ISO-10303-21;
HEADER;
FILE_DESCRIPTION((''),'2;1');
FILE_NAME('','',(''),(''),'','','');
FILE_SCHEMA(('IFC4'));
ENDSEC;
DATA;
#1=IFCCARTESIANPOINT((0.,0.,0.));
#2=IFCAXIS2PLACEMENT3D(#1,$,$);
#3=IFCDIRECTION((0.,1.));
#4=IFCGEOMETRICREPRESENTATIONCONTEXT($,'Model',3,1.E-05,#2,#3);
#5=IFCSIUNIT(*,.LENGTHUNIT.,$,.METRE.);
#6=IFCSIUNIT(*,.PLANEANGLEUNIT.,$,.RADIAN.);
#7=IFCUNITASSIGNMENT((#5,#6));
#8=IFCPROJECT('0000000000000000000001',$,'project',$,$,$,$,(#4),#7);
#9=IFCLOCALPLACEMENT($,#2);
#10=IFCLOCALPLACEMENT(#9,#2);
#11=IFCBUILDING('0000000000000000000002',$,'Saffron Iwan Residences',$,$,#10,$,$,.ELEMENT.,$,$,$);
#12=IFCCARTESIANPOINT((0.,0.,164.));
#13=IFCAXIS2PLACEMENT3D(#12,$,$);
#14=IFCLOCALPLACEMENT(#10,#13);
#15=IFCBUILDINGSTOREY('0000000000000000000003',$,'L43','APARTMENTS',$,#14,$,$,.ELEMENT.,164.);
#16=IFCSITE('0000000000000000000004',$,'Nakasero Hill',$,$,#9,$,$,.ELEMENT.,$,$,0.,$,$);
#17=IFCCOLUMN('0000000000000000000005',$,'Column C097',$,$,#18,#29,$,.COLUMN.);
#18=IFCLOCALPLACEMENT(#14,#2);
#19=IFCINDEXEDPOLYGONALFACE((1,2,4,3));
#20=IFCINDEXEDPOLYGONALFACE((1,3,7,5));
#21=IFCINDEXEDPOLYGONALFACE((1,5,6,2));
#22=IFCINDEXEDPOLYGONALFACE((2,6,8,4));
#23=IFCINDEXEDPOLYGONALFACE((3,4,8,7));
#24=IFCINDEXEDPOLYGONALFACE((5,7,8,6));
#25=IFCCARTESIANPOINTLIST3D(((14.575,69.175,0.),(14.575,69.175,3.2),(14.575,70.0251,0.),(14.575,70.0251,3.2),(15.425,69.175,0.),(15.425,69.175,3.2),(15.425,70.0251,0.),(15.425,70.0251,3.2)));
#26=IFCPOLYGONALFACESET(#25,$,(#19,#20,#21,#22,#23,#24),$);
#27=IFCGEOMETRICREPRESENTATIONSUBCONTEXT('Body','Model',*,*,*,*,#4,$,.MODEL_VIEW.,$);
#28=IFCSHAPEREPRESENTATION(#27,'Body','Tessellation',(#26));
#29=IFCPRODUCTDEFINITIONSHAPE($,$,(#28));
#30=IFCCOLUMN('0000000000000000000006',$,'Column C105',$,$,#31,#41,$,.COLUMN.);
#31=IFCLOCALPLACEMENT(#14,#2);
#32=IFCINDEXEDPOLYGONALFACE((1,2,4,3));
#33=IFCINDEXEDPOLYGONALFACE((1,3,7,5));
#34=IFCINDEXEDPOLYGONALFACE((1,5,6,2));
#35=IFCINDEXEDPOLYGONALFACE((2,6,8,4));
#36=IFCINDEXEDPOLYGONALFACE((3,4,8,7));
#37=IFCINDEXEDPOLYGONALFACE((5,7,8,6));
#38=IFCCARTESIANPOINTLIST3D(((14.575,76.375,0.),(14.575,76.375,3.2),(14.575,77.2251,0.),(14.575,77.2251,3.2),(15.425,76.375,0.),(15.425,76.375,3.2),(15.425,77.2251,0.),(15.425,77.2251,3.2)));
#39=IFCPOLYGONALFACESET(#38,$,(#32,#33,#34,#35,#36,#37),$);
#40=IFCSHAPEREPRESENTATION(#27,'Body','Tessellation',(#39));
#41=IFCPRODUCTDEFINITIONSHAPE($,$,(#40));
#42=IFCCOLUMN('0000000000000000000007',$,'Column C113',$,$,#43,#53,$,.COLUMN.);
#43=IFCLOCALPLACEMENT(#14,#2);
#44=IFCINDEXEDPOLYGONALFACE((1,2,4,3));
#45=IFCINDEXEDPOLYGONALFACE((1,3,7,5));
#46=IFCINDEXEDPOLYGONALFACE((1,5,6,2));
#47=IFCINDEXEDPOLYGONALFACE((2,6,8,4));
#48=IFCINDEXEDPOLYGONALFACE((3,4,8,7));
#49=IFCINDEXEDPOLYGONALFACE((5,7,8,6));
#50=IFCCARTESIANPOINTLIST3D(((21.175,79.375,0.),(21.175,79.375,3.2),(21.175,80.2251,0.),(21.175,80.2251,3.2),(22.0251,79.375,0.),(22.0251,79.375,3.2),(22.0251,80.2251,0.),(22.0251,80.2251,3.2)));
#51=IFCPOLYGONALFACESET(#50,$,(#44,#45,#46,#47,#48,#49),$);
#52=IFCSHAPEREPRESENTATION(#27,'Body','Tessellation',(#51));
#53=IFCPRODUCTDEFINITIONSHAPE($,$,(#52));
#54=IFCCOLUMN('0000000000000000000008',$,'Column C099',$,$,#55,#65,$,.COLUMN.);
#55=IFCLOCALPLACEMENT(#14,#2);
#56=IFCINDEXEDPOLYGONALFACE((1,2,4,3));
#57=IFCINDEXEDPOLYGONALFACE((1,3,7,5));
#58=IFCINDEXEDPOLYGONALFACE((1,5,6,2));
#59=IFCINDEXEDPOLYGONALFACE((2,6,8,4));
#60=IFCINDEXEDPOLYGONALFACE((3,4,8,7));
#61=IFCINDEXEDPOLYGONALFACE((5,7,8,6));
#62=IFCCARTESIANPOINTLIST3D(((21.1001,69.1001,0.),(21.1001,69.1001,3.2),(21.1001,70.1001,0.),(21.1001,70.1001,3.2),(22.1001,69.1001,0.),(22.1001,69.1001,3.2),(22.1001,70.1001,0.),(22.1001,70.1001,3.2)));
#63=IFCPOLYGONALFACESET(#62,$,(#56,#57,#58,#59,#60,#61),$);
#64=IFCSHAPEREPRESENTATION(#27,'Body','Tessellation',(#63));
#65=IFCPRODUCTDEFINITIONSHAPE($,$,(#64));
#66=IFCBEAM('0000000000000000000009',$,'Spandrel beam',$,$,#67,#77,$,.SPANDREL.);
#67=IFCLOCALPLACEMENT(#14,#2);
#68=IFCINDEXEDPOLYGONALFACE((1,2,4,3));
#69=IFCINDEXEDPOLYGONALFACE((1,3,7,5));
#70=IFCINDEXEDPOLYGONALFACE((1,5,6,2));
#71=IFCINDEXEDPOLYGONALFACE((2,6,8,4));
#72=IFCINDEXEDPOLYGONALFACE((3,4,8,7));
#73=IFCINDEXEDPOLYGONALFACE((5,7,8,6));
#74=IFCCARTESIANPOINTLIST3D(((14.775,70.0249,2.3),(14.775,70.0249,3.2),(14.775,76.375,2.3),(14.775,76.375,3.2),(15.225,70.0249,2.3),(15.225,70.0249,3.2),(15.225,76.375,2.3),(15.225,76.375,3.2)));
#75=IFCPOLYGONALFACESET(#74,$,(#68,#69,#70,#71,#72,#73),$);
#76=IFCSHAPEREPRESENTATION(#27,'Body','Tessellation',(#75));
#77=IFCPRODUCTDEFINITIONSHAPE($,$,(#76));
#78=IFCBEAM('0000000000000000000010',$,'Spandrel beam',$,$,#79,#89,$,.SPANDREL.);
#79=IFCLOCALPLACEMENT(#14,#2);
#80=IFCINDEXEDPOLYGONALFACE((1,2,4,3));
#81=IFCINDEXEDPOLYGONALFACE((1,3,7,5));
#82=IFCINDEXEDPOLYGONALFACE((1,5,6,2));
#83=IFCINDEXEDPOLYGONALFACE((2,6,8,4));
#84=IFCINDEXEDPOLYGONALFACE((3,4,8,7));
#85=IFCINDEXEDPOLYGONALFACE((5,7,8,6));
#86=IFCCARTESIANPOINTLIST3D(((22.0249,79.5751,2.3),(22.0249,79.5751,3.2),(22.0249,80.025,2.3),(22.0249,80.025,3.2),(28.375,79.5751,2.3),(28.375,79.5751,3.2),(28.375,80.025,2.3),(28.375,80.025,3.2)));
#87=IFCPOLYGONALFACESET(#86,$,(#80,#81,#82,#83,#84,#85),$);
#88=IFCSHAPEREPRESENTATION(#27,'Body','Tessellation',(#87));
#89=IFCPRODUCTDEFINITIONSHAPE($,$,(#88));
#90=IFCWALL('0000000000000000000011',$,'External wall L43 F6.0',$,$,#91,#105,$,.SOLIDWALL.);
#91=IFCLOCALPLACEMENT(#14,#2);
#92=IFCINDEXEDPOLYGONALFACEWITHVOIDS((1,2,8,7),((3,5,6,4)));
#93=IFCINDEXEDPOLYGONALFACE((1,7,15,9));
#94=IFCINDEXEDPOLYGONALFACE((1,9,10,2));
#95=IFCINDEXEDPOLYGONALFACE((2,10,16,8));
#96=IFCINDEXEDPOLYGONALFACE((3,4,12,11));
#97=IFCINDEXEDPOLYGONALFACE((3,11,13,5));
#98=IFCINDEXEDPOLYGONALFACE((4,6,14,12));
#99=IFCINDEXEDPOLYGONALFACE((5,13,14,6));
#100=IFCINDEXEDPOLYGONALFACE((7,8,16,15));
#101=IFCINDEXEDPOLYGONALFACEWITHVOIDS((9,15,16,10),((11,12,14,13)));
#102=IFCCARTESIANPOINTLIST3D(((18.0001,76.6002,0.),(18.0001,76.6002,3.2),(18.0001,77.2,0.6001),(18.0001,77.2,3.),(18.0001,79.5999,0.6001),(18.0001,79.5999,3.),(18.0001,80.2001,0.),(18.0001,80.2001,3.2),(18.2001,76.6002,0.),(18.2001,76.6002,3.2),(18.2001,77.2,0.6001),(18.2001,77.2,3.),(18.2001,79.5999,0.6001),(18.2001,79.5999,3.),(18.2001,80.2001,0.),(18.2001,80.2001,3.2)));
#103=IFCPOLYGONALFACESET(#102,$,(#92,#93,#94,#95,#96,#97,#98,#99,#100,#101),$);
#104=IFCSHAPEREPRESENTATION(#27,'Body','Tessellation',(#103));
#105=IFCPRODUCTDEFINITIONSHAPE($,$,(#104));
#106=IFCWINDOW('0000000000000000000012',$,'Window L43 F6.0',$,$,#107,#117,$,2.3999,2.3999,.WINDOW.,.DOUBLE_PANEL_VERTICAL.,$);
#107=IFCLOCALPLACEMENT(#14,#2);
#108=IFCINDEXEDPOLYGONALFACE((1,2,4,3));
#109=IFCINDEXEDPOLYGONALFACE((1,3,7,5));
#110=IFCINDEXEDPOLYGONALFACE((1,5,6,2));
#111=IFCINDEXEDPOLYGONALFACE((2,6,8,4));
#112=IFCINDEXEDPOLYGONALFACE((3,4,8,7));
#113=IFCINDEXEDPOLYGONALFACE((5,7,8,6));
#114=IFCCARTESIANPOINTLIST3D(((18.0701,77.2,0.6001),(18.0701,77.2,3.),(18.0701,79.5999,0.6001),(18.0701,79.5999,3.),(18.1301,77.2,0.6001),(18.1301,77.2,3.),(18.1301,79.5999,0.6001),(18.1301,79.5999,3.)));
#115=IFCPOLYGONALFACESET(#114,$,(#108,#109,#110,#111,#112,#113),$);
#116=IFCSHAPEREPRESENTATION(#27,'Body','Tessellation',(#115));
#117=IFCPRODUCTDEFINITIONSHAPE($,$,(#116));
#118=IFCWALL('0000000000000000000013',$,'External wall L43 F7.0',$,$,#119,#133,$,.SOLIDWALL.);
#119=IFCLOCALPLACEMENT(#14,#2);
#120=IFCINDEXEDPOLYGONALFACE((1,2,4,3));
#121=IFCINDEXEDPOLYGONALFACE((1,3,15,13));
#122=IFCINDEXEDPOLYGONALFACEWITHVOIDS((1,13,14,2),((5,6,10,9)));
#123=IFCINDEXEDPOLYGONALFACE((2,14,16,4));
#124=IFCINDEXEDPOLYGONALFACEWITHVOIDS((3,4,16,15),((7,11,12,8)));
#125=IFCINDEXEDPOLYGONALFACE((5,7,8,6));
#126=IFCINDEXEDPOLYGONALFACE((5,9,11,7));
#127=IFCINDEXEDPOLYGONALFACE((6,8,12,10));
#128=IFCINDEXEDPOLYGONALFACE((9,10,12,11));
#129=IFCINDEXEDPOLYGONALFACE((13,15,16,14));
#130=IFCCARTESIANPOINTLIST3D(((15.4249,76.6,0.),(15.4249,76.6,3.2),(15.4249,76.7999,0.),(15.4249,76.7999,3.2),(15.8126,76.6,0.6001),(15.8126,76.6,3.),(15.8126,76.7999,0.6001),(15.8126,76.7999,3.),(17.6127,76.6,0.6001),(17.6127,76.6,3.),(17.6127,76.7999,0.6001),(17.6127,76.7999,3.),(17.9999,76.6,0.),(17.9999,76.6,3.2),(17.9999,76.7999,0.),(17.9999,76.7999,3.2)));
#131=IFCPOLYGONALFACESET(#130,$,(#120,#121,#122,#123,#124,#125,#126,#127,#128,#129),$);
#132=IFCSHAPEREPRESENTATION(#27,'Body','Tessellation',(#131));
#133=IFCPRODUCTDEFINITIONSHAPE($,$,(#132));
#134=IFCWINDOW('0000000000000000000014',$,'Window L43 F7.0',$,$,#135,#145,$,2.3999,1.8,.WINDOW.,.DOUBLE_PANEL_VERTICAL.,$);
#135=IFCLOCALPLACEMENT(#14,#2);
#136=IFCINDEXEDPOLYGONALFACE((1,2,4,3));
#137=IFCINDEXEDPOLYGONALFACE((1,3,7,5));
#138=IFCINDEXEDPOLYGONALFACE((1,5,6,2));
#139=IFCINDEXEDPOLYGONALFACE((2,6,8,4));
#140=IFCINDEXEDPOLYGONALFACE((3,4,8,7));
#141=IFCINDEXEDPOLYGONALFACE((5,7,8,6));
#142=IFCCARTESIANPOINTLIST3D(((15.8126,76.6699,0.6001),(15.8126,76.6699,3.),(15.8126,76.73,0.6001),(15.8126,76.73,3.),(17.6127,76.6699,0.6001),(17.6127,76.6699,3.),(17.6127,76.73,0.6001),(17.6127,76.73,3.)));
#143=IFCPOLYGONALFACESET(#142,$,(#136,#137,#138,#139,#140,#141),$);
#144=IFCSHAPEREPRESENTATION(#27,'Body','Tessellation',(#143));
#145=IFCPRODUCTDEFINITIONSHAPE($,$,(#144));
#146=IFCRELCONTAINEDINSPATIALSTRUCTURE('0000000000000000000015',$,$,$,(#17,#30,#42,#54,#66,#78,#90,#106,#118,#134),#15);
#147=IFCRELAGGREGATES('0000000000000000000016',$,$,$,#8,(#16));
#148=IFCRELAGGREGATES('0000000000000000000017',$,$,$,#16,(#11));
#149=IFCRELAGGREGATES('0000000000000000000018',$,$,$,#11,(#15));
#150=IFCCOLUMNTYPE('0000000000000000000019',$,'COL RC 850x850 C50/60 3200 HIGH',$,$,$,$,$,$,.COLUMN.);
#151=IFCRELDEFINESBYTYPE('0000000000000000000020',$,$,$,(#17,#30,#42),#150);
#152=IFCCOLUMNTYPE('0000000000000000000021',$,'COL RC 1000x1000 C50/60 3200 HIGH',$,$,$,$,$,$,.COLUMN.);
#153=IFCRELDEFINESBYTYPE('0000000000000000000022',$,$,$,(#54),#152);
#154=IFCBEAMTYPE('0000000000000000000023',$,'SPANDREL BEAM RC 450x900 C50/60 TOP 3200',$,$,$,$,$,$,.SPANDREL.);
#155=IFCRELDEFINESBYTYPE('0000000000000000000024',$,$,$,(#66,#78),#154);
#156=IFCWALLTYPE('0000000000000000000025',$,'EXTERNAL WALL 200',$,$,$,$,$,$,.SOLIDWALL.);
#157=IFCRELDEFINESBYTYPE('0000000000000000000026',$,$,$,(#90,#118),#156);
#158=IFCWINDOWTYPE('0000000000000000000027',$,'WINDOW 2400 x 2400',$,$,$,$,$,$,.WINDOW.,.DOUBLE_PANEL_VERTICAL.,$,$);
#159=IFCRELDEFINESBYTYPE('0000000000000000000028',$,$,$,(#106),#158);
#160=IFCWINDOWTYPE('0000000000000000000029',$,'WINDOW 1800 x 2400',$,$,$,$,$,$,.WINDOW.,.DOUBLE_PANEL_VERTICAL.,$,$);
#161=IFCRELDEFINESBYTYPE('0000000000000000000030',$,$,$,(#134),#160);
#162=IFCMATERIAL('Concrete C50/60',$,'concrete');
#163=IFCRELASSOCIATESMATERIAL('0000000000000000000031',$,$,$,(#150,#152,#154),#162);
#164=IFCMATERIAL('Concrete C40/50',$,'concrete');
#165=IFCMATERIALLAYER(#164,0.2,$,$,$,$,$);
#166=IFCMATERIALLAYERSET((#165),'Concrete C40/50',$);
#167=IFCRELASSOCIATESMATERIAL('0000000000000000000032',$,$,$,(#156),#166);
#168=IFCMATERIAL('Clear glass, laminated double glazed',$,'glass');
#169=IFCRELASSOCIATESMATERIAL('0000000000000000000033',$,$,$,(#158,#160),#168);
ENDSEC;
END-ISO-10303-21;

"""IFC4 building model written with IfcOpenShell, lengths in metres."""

from ifc_helpers import new_model, si_unit, direction, frame, frame_2d, origin, origin_2d, place, context, subcontext, project, spatial, rectangle, extrude, source, transform, mapped, material, layer, layer_set, material_profile, profile_set, type_object, element, fill, save


model = new_model("IFC4")

# Units and contexts
model_context = context("Model", 3, precision=1e-05, world=origin(), true_north=direction((0.0, 1.0)))
body_context = subcontext(model_context, "Body", "Model", "MODEL_VIEW")
ifc_project = project(units=[si_unit("LENGTHUNIT", "METRE"), si_unit("PLANEANGLEUNIT", "RADIAN")], contexts=[model_context])

# Site, building, storey
site_placement = place(None, origin())
site = spatial("IfcSite", under=ifc_project, at=site_placement, Name="Nakasero Hill", CompositionType="ELEMENT", RefElevation=0.0)
building_placement = place(site_placement, origin())
building = spatial("IfcBuilding", under=site, at=building_placement, Name="Saffron Iwan Residences", CompositionType="ELEMENT")
storey_placement = place(building_placement, frame((0.0, 0.0, 164.0)))
storey = spatial("IfcBuildingStorey", under=building, at=storey_placement, Name="L43", Description="APARTMENTS", CompositionType="ELEMENT", Elevation=164.0)

# Columns
ifc_material_1 = material(Name="Concrete C50/60", Category="concrete")
ifc_material_profile_1 = material_profile(ifc_material_1, rectangle(XDim=0.8501, YDim=0.8501, at=origin_2d()), Name="RC 850x850")
ifc_profile_set_1 = profile_set([ifc_material_profile_1], Name="Concrete C50/60")
column_type_1 = type_object("IfcColumnType", Name="COL RC 850x850 C50/60 3200 HIGH", PredefinedType="COLUMN", material=ifc_profile_set_1)
shared_shape_1 = source(origin(), body_context, "Body", "SweptSolid", [
    extrude(rectangle(XDim=0.8501, YDim=0.8501, at=origin_2d()), origin(), (0.0, 0.0, 1.0), 3.2),
])
for number, where, z_axis, x_axis, name in (
    (1, (15.0, 69.6001, 0.0), (0.0, 0.0, 1.0), (1.0, 0.0, 0.0), "Column C097"),
    (2, (15.0, 76.8, 0.0), (0.0, 0.0, 1.0), (1.0, 0.0, 0.0), "Column C105"),
    (3, (21.6001, 79.8, 0.0), (0.0, 0.0, 1.0), (1.0, 0.0, 0.0), "Column C113"),
):
    element("IfcColumn", number, at=place(storey_placement, frame(where, z_axis=z_axis, x_axis=x_axis)), inside=storey, type_object=column_type_1, Name=name, PredefinedType="COLUMN", context=body_context, shape_type="MappedRepresentation", body=[
        mapped(shared_shape_1, transform((0.0, 0.0, 0.0))),
    ])
ifc_material_profile_2 = material_profile(ifc_material_1, rectangle(XDim=1.0, YDim=1.0, at=origin_2d()), Name="RC 1000x1000")
ifc_profile_set_2 = profile_set([ifc_material_profile_2], Name="Concrete C50/60")
column_type_2 = type_object("IfcColumnType", Name="COL RC 1000x1000 C50/60 3200 HIGH", PredefinedType="COLUMN", material=ifc_profile_set_2)
shared_shape_2 = source(origin(), body_context, "Body", "SweptSolid", [
    extrude(rectangle(XDim=1.0, YDim=1.0, at=origin_2d()), origin(), (0.0, 0.0, 1.0), 3.2),
])
column_placement = place(storey_placement, frame((21.6001, 69.6001, 0.0), z_axis=(0.0, 0.0, 1.0), x_axis=(1.0, 0.0, 0.0)))
element("IfcColumn", 4, at=column_placement, inside=storey, type_object=column_type_2, Name="Column C099", PredefinedType="COLUMN", context=body_context, shape_type="MappedRepresentation", body=[
    mapped(shared_shape_2, transform((0.0, 0.0, 0.0))),
])

# Beams
ifc_material_profile_3 = material_profile(ifc_material_1, rectangle(XDim=0.45, YDim=0.8999, at=origin_2d()), Name="RC 450x900")
ifc_profile_set_3 = profile_set([ifc_material_profile_3], Name="Concrete C50/60")
beam_type = type_object("IfcBeamType", Name="SPANDREL BEAM RC 450x900 C50/60 TOP 3200", PredefinedType="SPANDREL", material=ifc_profile_set_3)
shared_shape_3 = source(origin(), body_context, "Body", "SweptSolid", [
    extrude(rectangle(XDim=0.45, YDim=0.8999, at=origin_2d()), origin(), (0.0, 0.0, 1.0), 6.3501),
])
for number, where, z_axis, x_axis, name in (
    (5, (15.0, 70.0249, 2.75), (0.0, 1.0, 0.0), (-1.0, 0.0, 0.0), "Spandrel beam"),
    (6, (22.0249, 79.8, 2.75), (1.0, 0.0, 0.0), (0.0, 1.0, 0.0), "Spandrel beam"),
):
    element("IfcBeam", number, at=place(storey_placement, frame(where, z_axis=z_axis, x_axis=x_axis)), inside=storey, type_object=beam_type, Name=name, PredefinedType="SPANDREL", context=body_context, shape_type="MappedRepresentation", body=[
        mapped(shared_shape_3, transform((0.0, 0.0, 0.0))),
    ])

# Walls, openings, windows
ifc_material_2 = material(Name="Concrete C40/50", Category="concrete")
ifc_layer_1 = layer(ifc_material_2, 0.2)
ifc_layer_set_1 = layer_set([ifc_layer_1], Name="Concrete C40/50")
wall_type_1 = type_object("IfcWallType", Name="EXTERNAL WALL 200", PredefinedType="SOLIDWALL", material=ifc_layer_set_1)
wall_1_placement = place(storey_placement, frame((18.1001, 80.2, 0.0), z_axis=(0.0, 0.0, 1.0), x_axis=(0.0, -1.0, 0.0)))
wall_1 = element("IfcWall", 7, at=wall_1_placement, inside=storey, type_object=wall_type_1, Name="External wall L43 F6.0", PredefinedType="SOLIDWALL", context=body_context, shape_type="SweptSolid", body=[
    extrude(rectangle(XDim=3.5999, YDim=0.2, at=frame_2d((1.7998, 0.0))), origin(), (0.0, 0.0, 1.0), 3.2),
])
opening_1_placement = place(wall_1_placement, frame((0.6001, 0.0, 0.6001)))
opening_1 = element("IfcOpeningElement", 8, at=opening_1_placement, cuts=wall_1, PredefinedType="OPENING", context=body_context, shape_type="SweptSolid", body=[
    extrude(rectangle(XDim=2.3999, YDim=2.3999, at=frame_2d((1.2, 1.2))), frame((0.0, 0.1099, 0.0), z_axis=(0.0, -1.0, 0.0), x_axis=(1.0, 0.0, 0.0)), (0.0, 0.0, 1.0), 0.22),
])
ifc_material_3 = material(Name="Clear glass, laminated double glazed", Category="glass")
window_type_1 = type_object("IfcWindowType", Name="WINDOW 2400 x 2400", PartitioningType="DOUBLE_PANEL_VERTICAL", PredefinedType="WINDOW", material=ifc_material_3)
window_1_placement = place(opening_1_placement, origin())
window_1 = element("IfcWindow", 9, at=window_1_placement, inside=storey, type_object=window_type_1, Name="Window L43 F6.0", OverallHeight=2.3999, OverallWidth=2.3999, PartitioningType="DOUBLE_PANEL_VERTICAL", PredefinedType="WINDOW", context=body_context, shape_type="SweptSolid", body=[
    extrude(rectangle(XDim=2.3999, YDim=2.3999, at=frame_2d((1.2, 1.2))), frame((0.0, 0.03, 0.0), z_axis=(0.0, -1.0, 0.0), x_axis=(1.0, 0.0, 0.0)), (0.0, 0.0, 1.0), 0.0601),
])
fill(opening_1, window_1)
wall_2_placement = place(storey_placement, frame((18.0, 76.7, 0.0), z_axis=(0.0, 0.0, 1.0), x_axis=(-1.0, 0.0, 0.0)))
wall_2 = element("IfcWall", 10, at=wall_2_placement, inside=storey, type_object=wall_type_1, Name="External wall L43 F7.0", PredefinedType="SOLIDWALL", context=body_context, shape_type="SweptSolid", body=[
    extrude(rectangle(XDim=2.575, YDim=0.2, at=frame_2d((1.2876, 0.0))), origin(), (0.0, 0.0, 1.0), 3.2),
])
opening_2_placement = place(wall_2_placement, frame((0.3875, 0.0, 0.6001)))
opening_2 = element("IfcOpeningElement", 11, at=opening_2_placement, cuts=wall_2, PredefinedType="OPENING", context=body_context, shape_type="SweptSolid", body=[
    extrude(rectangle(XDim=1.8, YDim=2.3999, at=frame_2d((0.8999, 1.2))), frame((0.0, 0.1099, 0.0), z_axis=(0.0, -1.0, 0.0), x_axis=(1.0, 0.0, 0.0)), (0.0, 0.0, 1.0), 0.22),
])
window_type_2 = type_object("IfcWindowType", Name="WINDOW 1800 x 2400", PartitioningType="DOUBLE_PANEL_VERTICAL", PredefinedType="WINDOW", material=ifc_material_3)
window_2_placement = place(opening_2_placement, origin())
window_2 = element("IfcWindow", 12, at=window_2_placement, inside=storey, type_object=window_type_2, Name="Window L43 F7.0", OverallHeight=2.3999, OverallWidth=1.8, PartitioningType="DOUBLE_PANEL_VERTICAL", PredefinedType="WINDOW", context=body_context, shape_type="SweptSolid", body=[
    extrude(rectangle(XDim=1.8, YDim=2.3999, at=frame_2d((0.8999, 1.2))), frame((0.0, 0.03, 0.0), z_axis=(0.0, -1.0, 0.0), x_axis=(1.0, 0.0, 0.0)), (0.0, 0.0, 1.0), 0.0601),
])
fill(opening_2, window_2)

save(model, "model.ifc")
